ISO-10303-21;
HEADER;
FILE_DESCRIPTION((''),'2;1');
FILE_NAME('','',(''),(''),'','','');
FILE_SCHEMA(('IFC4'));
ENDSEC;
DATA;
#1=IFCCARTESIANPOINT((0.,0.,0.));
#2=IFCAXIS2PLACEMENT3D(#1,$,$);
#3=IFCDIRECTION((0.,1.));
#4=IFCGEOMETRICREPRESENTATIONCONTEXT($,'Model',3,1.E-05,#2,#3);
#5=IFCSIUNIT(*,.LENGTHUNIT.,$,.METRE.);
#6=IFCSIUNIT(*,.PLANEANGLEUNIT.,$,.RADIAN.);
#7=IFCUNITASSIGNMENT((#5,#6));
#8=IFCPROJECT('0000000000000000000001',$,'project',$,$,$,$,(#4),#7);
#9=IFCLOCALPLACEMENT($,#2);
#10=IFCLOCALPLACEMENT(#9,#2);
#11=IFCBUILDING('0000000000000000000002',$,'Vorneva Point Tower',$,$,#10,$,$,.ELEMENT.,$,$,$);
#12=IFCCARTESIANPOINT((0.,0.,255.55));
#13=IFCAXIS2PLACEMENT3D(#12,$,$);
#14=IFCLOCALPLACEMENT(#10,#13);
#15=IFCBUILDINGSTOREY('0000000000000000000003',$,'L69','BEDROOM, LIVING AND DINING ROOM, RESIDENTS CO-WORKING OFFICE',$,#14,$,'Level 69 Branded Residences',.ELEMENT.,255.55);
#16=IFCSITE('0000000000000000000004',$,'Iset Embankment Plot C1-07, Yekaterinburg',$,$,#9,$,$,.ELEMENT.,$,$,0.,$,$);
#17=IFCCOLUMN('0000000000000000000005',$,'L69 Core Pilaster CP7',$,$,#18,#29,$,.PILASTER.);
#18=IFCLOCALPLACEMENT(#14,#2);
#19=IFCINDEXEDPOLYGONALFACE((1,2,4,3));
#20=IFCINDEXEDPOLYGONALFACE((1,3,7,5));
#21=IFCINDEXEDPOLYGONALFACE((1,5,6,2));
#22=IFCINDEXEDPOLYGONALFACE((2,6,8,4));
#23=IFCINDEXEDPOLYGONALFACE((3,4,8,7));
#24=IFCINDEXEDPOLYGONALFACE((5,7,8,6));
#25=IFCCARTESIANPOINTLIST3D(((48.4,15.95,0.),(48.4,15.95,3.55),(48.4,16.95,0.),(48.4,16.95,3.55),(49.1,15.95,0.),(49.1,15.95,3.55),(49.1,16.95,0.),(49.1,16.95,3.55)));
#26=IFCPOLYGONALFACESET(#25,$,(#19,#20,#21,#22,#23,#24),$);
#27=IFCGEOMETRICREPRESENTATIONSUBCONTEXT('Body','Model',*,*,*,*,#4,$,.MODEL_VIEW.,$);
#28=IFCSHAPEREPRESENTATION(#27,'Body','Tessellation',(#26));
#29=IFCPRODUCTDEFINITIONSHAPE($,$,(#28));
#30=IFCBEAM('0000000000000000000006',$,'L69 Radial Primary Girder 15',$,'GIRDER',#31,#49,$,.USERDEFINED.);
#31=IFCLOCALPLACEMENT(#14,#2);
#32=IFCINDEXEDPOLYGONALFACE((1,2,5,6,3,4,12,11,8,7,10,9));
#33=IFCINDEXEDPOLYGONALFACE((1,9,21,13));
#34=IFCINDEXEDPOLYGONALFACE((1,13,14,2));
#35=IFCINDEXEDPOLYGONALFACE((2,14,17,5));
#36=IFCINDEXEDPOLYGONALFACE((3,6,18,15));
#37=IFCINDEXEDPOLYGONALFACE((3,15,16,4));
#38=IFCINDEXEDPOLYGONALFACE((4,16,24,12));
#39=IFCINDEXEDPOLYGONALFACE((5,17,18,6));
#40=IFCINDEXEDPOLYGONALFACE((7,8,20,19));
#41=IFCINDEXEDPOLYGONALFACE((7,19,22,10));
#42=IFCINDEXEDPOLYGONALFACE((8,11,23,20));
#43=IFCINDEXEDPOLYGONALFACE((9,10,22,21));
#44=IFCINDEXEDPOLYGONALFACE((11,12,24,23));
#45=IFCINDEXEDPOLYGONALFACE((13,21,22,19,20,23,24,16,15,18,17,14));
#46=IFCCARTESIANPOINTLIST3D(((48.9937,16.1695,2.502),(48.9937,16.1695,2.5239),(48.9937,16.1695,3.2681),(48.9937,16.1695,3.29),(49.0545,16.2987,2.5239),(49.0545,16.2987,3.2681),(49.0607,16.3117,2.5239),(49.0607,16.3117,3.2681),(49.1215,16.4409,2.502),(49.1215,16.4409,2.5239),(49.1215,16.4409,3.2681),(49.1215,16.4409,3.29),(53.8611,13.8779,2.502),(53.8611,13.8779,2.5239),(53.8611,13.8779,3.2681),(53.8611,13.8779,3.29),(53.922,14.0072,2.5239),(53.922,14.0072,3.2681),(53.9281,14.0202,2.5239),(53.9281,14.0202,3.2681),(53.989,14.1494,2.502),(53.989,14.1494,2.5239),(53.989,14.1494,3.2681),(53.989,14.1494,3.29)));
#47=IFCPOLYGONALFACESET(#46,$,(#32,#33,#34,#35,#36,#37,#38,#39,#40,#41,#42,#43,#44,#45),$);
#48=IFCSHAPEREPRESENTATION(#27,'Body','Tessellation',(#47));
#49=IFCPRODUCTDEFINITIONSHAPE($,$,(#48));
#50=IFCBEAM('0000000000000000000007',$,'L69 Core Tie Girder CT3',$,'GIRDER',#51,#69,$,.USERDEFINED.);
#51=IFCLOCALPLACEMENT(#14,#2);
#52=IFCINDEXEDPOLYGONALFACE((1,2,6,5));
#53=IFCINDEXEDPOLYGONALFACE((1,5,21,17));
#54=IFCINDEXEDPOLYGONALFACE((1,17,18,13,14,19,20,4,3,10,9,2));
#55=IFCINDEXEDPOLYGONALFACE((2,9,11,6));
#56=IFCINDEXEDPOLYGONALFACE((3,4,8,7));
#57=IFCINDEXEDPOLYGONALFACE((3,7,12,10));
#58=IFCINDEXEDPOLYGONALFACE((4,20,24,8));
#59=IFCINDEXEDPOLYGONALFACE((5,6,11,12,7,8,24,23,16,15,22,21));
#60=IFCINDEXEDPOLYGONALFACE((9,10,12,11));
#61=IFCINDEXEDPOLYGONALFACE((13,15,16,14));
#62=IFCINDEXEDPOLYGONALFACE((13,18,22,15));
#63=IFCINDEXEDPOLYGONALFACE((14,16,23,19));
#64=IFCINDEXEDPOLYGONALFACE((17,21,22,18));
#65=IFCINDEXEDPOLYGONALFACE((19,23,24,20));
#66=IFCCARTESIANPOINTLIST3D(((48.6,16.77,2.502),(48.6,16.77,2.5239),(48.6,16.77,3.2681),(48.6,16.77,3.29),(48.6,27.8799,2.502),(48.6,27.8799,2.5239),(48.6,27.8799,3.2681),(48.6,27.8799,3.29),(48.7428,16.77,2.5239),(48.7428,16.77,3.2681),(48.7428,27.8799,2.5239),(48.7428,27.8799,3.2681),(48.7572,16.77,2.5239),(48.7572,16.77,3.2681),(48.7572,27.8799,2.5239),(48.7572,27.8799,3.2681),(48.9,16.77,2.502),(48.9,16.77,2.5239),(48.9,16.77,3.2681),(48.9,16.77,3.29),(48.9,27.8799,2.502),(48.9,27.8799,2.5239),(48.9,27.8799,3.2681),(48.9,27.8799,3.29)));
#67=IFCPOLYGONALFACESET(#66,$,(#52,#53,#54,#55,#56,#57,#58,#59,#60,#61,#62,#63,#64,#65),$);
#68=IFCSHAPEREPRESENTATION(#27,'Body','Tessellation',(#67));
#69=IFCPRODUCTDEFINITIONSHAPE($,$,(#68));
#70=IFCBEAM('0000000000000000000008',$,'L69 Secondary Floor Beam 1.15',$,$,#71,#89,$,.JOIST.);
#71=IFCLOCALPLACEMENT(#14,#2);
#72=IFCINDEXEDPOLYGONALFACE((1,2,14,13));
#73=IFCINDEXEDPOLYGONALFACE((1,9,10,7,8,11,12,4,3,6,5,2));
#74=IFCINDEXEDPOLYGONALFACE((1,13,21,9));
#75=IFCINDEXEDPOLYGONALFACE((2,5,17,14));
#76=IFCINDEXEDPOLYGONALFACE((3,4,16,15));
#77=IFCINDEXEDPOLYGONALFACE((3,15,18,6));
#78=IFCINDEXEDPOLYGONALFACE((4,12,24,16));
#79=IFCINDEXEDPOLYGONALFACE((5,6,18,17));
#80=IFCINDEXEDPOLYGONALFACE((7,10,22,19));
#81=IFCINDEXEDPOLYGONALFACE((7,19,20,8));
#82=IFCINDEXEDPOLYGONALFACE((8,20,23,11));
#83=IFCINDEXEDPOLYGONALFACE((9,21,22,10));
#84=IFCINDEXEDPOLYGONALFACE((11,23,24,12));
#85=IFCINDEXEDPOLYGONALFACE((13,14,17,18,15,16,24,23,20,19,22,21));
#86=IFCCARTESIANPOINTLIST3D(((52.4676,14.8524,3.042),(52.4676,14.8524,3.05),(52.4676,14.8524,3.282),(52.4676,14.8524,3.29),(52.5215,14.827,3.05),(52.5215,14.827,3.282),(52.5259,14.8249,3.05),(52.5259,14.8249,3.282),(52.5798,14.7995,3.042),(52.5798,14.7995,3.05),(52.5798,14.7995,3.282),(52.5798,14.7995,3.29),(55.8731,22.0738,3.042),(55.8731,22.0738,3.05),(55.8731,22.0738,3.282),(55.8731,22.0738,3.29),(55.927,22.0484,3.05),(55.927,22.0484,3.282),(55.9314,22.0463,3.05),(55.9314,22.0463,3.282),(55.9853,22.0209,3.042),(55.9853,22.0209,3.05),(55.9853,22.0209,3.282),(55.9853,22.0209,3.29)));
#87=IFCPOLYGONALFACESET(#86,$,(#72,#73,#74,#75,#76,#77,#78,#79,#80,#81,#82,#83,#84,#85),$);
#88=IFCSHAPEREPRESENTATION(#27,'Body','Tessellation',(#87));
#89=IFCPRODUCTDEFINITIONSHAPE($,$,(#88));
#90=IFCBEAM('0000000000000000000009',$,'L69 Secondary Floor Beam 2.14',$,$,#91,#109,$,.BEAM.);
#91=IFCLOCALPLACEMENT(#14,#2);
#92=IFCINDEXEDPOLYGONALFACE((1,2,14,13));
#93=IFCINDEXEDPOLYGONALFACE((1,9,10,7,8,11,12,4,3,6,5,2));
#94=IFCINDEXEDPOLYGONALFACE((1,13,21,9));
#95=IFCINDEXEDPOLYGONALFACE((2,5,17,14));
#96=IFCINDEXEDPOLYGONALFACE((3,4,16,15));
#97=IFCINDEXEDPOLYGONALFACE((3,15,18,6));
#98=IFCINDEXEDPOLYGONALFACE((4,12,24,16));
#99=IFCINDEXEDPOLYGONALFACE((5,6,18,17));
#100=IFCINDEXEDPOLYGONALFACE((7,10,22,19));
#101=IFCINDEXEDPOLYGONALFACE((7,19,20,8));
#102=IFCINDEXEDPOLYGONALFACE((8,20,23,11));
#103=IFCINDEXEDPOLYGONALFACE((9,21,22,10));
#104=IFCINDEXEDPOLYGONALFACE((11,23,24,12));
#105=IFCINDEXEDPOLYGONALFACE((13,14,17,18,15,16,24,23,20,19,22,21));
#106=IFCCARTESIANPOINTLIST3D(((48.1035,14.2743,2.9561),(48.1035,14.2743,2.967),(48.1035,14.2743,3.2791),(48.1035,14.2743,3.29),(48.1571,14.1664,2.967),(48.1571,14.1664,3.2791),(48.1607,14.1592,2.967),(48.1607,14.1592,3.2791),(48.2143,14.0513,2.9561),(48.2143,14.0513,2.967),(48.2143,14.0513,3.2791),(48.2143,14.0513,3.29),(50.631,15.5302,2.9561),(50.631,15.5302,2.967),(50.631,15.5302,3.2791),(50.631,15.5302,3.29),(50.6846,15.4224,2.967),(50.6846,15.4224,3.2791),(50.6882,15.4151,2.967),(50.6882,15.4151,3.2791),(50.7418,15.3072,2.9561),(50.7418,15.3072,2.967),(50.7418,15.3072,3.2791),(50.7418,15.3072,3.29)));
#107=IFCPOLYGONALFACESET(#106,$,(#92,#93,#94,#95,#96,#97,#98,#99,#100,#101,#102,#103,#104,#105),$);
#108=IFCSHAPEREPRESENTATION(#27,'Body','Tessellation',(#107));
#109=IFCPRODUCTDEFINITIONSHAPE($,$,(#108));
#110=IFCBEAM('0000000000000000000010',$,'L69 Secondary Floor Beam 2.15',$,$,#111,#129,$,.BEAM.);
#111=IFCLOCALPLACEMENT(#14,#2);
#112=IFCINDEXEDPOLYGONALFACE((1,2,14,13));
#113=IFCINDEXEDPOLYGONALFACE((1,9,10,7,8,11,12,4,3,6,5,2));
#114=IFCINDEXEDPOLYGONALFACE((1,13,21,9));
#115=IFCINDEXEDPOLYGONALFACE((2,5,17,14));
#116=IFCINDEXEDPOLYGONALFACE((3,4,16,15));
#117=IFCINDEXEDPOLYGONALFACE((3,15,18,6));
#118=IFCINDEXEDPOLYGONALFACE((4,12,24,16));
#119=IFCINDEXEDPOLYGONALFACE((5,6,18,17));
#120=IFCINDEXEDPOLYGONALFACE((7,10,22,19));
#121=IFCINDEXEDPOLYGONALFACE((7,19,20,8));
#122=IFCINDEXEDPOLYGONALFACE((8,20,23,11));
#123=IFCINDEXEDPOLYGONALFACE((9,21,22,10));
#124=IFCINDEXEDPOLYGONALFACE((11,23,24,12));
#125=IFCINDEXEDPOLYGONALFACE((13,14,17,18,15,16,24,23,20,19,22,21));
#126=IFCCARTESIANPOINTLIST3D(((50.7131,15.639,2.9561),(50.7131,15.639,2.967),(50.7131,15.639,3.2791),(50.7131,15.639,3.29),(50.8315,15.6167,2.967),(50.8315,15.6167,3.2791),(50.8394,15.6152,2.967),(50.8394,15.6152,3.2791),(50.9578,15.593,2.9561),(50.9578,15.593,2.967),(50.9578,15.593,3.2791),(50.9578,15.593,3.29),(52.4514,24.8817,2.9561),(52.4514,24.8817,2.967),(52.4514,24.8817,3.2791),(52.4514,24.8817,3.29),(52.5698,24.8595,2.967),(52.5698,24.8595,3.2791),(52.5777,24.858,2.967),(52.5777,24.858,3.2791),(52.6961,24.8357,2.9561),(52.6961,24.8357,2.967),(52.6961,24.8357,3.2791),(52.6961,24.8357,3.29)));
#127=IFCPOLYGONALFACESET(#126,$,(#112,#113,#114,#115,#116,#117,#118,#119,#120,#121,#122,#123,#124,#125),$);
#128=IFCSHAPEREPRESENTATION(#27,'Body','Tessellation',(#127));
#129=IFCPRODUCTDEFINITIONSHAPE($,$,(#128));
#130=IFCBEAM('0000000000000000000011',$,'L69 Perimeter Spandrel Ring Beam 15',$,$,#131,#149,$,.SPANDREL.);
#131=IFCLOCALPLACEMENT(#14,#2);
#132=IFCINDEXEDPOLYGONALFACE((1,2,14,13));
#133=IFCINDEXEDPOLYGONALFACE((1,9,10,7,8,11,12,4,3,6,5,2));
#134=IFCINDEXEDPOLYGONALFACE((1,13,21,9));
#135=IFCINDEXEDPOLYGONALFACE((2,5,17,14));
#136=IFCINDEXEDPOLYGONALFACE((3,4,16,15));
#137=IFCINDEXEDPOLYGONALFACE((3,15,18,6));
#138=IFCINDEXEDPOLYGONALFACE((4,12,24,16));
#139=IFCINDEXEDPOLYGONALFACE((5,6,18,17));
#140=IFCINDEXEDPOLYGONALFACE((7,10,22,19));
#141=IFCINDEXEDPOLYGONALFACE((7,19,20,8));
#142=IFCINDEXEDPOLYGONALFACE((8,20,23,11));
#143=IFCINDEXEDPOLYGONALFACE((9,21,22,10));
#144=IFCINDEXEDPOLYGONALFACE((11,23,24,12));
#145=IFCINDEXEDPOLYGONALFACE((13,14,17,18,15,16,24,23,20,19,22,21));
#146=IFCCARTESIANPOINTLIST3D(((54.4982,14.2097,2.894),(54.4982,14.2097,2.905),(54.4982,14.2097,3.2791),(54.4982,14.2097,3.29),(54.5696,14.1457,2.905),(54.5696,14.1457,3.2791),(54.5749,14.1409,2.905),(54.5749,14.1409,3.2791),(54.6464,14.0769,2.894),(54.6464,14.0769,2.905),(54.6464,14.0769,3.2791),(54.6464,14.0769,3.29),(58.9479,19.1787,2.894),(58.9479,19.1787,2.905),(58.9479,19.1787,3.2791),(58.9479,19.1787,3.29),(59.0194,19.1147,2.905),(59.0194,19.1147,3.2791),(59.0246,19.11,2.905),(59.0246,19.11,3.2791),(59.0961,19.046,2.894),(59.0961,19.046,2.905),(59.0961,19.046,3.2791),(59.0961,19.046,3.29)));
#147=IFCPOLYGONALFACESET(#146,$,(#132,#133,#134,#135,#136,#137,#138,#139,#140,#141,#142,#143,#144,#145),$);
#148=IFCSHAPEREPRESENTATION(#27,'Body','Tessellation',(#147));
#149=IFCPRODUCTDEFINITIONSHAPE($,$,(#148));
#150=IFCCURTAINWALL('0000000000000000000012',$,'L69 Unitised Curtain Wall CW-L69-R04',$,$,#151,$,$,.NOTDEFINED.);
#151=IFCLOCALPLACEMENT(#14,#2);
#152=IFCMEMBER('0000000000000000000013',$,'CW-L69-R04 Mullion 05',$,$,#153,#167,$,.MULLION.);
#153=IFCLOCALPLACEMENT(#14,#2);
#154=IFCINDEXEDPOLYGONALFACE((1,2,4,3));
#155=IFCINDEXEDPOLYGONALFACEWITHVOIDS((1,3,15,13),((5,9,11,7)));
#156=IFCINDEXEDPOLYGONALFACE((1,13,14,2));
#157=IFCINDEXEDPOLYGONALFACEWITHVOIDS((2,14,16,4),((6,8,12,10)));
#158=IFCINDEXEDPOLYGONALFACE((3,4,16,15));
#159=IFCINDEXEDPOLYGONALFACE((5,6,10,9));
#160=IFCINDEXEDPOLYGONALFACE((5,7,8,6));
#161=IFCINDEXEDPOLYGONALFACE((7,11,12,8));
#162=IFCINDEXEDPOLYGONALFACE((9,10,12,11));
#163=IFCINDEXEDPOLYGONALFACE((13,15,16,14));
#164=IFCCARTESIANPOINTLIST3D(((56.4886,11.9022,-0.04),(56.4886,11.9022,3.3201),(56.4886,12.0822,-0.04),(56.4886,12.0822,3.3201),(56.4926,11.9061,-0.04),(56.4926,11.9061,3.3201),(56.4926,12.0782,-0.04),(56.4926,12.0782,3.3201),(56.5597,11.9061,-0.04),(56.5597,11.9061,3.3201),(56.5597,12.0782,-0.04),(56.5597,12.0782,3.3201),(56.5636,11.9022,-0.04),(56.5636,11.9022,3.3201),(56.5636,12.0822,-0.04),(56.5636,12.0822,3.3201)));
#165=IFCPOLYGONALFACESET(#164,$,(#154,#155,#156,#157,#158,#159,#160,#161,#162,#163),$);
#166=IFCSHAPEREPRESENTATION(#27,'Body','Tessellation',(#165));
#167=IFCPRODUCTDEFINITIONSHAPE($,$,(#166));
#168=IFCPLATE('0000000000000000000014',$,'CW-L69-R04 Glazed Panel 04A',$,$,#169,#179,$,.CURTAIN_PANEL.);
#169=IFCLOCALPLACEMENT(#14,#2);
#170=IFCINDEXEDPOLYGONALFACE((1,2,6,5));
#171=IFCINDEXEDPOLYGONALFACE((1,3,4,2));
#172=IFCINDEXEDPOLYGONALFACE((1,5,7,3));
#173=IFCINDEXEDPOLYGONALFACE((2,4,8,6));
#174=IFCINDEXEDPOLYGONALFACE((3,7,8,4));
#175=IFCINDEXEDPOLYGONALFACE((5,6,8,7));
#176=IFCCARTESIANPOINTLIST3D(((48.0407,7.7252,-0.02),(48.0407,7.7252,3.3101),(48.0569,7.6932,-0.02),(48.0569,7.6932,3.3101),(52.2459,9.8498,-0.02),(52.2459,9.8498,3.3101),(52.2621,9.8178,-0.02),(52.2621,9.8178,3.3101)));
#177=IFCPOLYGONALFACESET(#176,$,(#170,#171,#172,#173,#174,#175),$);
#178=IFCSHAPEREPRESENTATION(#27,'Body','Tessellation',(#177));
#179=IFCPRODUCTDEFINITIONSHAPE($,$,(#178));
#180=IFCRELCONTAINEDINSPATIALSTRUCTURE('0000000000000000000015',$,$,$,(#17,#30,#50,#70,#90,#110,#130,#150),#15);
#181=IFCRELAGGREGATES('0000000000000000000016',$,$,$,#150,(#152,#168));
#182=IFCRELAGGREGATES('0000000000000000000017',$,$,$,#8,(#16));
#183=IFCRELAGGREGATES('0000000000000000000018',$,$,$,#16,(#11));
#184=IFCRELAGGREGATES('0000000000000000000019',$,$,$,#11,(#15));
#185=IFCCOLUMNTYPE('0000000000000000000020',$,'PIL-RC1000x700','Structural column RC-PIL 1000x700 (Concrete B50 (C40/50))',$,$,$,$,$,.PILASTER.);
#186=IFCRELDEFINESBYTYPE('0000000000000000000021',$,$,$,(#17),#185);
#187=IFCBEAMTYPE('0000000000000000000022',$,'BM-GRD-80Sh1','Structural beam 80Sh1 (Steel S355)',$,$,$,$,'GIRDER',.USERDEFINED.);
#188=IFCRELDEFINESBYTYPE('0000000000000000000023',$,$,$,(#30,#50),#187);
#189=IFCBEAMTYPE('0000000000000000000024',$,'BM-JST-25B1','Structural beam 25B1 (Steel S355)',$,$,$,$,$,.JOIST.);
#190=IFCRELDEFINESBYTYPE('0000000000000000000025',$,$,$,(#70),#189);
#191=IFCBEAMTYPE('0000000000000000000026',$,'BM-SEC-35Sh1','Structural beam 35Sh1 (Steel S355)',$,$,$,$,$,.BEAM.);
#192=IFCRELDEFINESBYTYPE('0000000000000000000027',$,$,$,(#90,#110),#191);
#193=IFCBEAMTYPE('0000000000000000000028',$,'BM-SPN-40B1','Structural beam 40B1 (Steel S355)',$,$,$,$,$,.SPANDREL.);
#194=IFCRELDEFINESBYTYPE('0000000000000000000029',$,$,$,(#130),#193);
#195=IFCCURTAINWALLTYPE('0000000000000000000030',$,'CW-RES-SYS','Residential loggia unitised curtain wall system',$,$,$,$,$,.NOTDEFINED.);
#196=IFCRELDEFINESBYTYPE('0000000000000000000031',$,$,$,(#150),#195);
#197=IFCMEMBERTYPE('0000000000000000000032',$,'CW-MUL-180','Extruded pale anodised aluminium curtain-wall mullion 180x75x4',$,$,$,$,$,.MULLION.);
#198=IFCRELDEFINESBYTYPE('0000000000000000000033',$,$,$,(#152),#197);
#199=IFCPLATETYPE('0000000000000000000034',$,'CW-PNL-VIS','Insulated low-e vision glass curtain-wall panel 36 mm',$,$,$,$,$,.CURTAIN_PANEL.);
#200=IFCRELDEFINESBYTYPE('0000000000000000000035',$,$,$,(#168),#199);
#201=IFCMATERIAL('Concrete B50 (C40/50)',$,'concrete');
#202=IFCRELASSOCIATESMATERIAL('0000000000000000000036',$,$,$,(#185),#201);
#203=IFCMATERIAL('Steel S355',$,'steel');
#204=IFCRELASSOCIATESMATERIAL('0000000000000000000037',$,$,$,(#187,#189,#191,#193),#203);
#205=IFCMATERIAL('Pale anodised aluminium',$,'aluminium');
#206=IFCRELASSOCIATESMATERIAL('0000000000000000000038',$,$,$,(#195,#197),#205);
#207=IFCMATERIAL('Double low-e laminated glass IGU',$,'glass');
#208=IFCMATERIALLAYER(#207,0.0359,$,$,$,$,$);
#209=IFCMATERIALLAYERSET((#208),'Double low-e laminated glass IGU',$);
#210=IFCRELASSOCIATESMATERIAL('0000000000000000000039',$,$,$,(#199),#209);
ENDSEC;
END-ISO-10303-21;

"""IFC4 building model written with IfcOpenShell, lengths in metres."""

from ifc_helpers import new_model, si_unit, direction, frame, origin, origin_2d, place, context, subcontext, project, spatial, rectangle, hollow_rectangle, i_section, extrude, material, layer, layer_set, material_profile, profile_set, type_object, element, aggregate, save


model = new_model("IFC4")

# Units and contexts
model_context = context("Model", 3, precision=1e-05, world=origin(), true_north=direction((0.0, 1.0)))
body_context = subcontext(model_context, "Body", "Model", "MODEL_VIEW")
ifc_project = project(units=[si_unit("LENGTHUNIT", "METRE"), si_unit("PLANEANGLEUNIT", "RADIAN")], contexts=[model_context])

# Site, building, storey
site_placement = place(None, origin())
site = spatial("IfcSite", under=ifc_project, at=site_placement, Name="Iset Embankment Plot C1-07, Yekaterinburg", CompositionType="ELEMENT", RefElevation=0.0)
building_placement = place(site_placement, origin())
building = spatial("IfcBuilding", under=site, at=building_placement, Name="Vorneva Point Tower", CompositionType="ELEMENT")
storey_placement = place(building_placement, frame((0.0, 0.0, 255.55)))
storey = spatial("IfcBuildingStorey", under=building, at=storey_placement, Name="L69", Description="BEDROOM, LIVING AND DINING ROOM, RESIDENTS CO-WORKING OFFICE", LongName="Level 69 Branded Residences", CompositionType="ELEMENT", Elevation=255.55)

# Column
ifc_material_1 = material(Name="Concrete B50 (C40/50)", Category="concrete")
ifc_material_profile_1 = material_profile(ifc_material_1, rectangle(XDim=0.7, YDim=1.0, at=origin_2d()), Name="RC-PIL 1000x700")
ifc_profile_set_1 = profile_set([ifc_material_profile_1], Name="Concrete B50 (C40/50)")
column_type_1 = type_object("IfcColumnType", Name="PIL-RC1000x700", Description="Structural column RC-PIL 1000x700 (Concrete B50 (C40/50))", PredefinedType="PILASTER", material=ifc_profile_set_1)
column_1_placement = place(storey_placement, frame((48.75, 16.45, 0.0), z_axis=(0.0, 0.0, 1.0), x_axis=(1.0, 0.0, 0.0)))
element("IfcColumn", 1, at=column_1_placement, inside=storey, type_object=column_type_1, Name="L69 Core Pilaster CP7", PredefinedType="PILASTER", context=body_context, shape_type="SweptSolid", body=[
    extrude(rectangle(XDim=0.7, YDim=1.0, at=origin_2d()), origin(), (0.0, 0.0, 1.0), 3.55),
])

# Beams
ifc_material_2 = material(Name="Steel S355", Category="steel")
ifc_material_profile_2 = material_profile(ifc_material_2, i_section(OverallWidth=0.3, OverallDepth=0.7881, WebThickness=0.0144, FlangeThickness=0.022, at=origin_2d()), Name="80Sh1")
ifc_profile_set_2 = profile_set([ifc_material_profile_2], Name="Steel S355")
beam_type_1 = type_object("IfcBeamType", Name="BM-GRD-80Sh1", Description="Structural beam 80Sh1 (Steel S355)", ElementType="GIRDER", PredefinedType="USERDEFINED", material=ifc_profile_set_2)
beam_1_placement = place(storey_placement, frame((53.925, 14.0137, 2.896), z_axis=(-0.904751, 0.425941, 0.0), x_axis=(-0.425941, -0.904751, 0.0)))
element("IfcBeam", 2, at=beam_1_placement, inside=storey, type_object=beam_type_1, Name="L69 Radial Primary Girder 15", ObjectType="GIRDER", PredefinedType="USERDEFINED", context=body_context, shape_type="SweptSolid", body=[
    extrude(i_section(OverallWidth=0.3, OverallDepth=0.7881, WebThickness=0.0144, FlangeThickness=0.022, at=origin_2d()), origin(), (0.0, 0.0, 1.0), 5.3799),
])
beam_2_placement = place(storey_placement, frame((48.75, 16.77, 2.896), z_axis=(0.0, 1.0, 0.0), x_axis=(-1.0, 0.0, 0.0)))
element("IfcBeam", 3, at=beam_2_placement, inside=storey, type_object=beam_type_1, Name="L69 Core Tie Girder CT3", ObjectType="GIRDER", PredefinedType="USERDEFINED", context=body_context, shape_type="SweptSolid", body=[
    extrude(i_section(OverallWidth=0.3, OverallDepth=0.7881, WebThickness=0.0144, FlangeThickness=0.022, at=origin_2d()), origin(), (0.0, 0.0, 1.0), 11.1099),
])
ifc_material_profile_3 = material_profile(ifc_material_2, i_section(OverallWidth=0.124, OverallDepth=0.248, WebThickness=0.0049, FlangeThickness=0.0081, at=origin_2d()), Name="25B1")
ifc_profile_set_3 = profile_set([ifc_material_profile_3], Name="Steel S355")
beam_type_2 = type_object("IfcBeamType", Name="BM-JST-25B1", Description="Structural beam 25B1 (Steel S355)", PredefinedType="JOIST", material=ifc_profile_set_3)
beam_3_placement = place(storey_placement, frame((52.5237, 14.8259, 3.166), z_axis=(0.426535, 0.904471, 0.0), x_axis=(-0.904471, 0.426535, 0.0)))
element("IfcBeam", 4, at=beam_3_placement, inside=storey, type_object=beam_type_2, Name="L69 Secondary Floor Beam 1.15", PredefinedType="JOIST", context=body_context, shape_type="SweptSolid", body=[
    extrude(i_section(OverallWidth=0.124, OverallDepth=0.248, WebThickness=0.0049, FlangeThickness=0.0081, at=origin_2d()), origin(), (0.0, 0.0, 1.0), 7.9841),
])
ifc_material_profile_4 = material_profile(ifc_material_2, i_section(OverallWidth=0.249, OverallDepth=0.334, WebThickness=0.0081, FlangeThickness=0.011, at=origin_2d()), Name="35Sh1")
ifc_profile_set_4 = profile_set([ifc_material_profile_4], Name="Steel S355")
beam_type_3 = type_object("IfcBeamType", Name="BM-SEC-35Sh1", Description="Structural beam 35Sh1 (Steel S355)", PredefinedType="BEAM", material=ifc_profile_set_4)
beam_4_placement = place(storey_placement, frame((48.1589, 14.1628, 3.123), z_axis=(0.895532, 0.444998, 0.0), x_axis=(-0.444998, 0.895532, 0.0)))
element("IfcBeam", 5, at=beam_4_placement, inside=storey, type_object=beam_type_3, Name="L69 Secondary Floor Beam 2.14", PredefinedType="BEAM", context=body_context, shape_type="SweptSolid", body=[
    extrude(i_section(OverallWidth=0.249, OverallDepth=0.334, WebThickness=0.0081, FlangeThickness=0.011, at=origin_2d()), origin(), (0.0, 0.0, 1.0), 2.8223),
])
beam_5_placement = place(storey_placement, frame((50.8354, 15.616, 3.123), z_axis=(0.184831, 0.98277, 0.0), x_axis=(-0.98277, 0.184831, 0.0)))
element("IfcBeam", 6, at=beam_5_placement, inside=storey, type_object=beam_type_3, Name="L69 Secondary Floor Beam 2.15", PredefinedType="BEAM", context=body_context, shape_type="SweptSolid", body=[
    extrude(i_section(OverallWidth=0.249, OverallDepth=0.334, WebThickness=0.0081, FlangeThickness=0.011, at=origin_2d()), origin(), (0.0, 0.0, 1.0), 9.4048),
])
ifc_material_profile_5 = material_profile(ifc_material_2, i_section(OverallWidth=0.199, OverallDepth=0.396, WebThickness=0.0071, FlangeThickness=0.011, at=origin_2d()), Name="40B1")
ifc_profile_set_5 = profile_set([ifc_material_profile_5], Name="Steel S355")
beam_type_4 = type_object("IfcBeamType", Name="BM-SPN-40B1", Description="Structural beam 40B1 (Steel S355)", PredefinedType="SPANDREL", material=ifc_profile_set_5)
beam_6_placement = place(storey_placement, frame((54.5723, 14.1433, 3.092), z_axis=(0.667108, 0.744961, 0.0), x_axis=(-0.744961, 0.667108, 0.0)))
element("IfcBeam", 7, at=beam_6_placement, inside=storey, type_object=beam_type_4, Name="L69 Perimeter Spandrel Ring Beam 15", PredefinedType="SPANDREL", context=body_context, shape_type="SweptSolid", body=[
    extrude(i_section(OverallWidth=0.199, OverallDepth=0.396, WebThickness=0.0071, FlangeThickness=0.011, at=origin_2d()), origin(), (0.0, 0.0, 1.0), 6.6702),
])

# Curtain wall, member, plate
ifc_material_3 = material(Name="Pale anodised aluminium", Category="aluminium")
curtain_wall_type = type_object("IfcCurtainWallType", Name="CW-RES-SYS", Description="Residential loggia unitised curtain wall system", PredefinedType="NOTDEFINED", material=ifc_material_3)
curtain_wall_placement = place(storey_placement, origin())
curtain_wall = element("IfcCurtainWall", 8, at=curtain_wall_placement, inside=storey, type_object=curtain_wall_type, Name="L69 Unitised Curtain Wall CW-L69-R04", PredefinedType="NOTDEFINED")
ifc_material_profile_6 = material_profile(ifc_material_3, hollow_rectangle(XDim=0.075, YDim=0.1799, WallThickness=0.0039, at=origin_2d()), Name="AL-MUL 180x75x4")
ifc_profile_set_6 = profile_set([ifc_material_profile_6], Name="Pale anodised aluminium")
member_type = type_object("IfcMemberType", Name="CW-MUL-180", Description="Extruded pale anodised aluminium curtain-wall mullion 180x75x4", PredefinedType="MULLION", material=ifc_profile_set_6)
member_placement = place(storey_placement, frame((56.5261, 11.9922, -0.04), z_axis=(0.0, 0.0, 1.0), x_axis=(1.0, 0.0, 0.0)))
member = element("IfcMember", 9, at=member_placement, type_object=member_type, Name="CW-L69-R04 Mullion 05", PredefinedType="MULLION", context=body_context, shape_type="SweptSolid", body=[
    extrude(hollow_rectangle(XDim=0.075, YDim=0.1799, WallThickness=0.0039, at=origin_2d()), origin(), (0.0, 0.0, 1.0), 3.3601),
])
ifc_material_4 = material(Name="Double low-e laminated glass IGU", Category="glass")
ifc_layer_1 = layer(ifc_material_4, 0.0359)
ifc_layer_set_1 = layer_set([ifc_layer_1], Name="Double low-e laminated glass IGU")
plate_type = type_object("IfcPlateType", Name="CW-PNL-VIS", Description="Insulated low-e vision glass curtain-wall panel 36 mm", PredefinedType="CURTAIN_PANEL", material=ifc_layer_set_1)
plate_1_placement = place(storey_placement, frame((50.1514, 8.7715, -0.02), z_axis=(0.0, 0.0, 1.0), x_axis=(0.892554, 0.45094, 0.0)))
plate_1 = element("IfcPlate", 10, at=plate_1_placement, type_object=plate_type, Name="CW-L69-R04 Glazed Panel 04A", PredefinedType="CURTAIN_PANEL", context=body_context, shape_type="SweptSolid", body=[
    extrude(rectangle(XDim=4.7114, YDim=0.0359, at=origin_2d()), origin(), (0.0, 0.0, 1.0), 3.3301),
])
aggregate(curtain_wall, [member, plate_1])

save(model, "model.ifc")
